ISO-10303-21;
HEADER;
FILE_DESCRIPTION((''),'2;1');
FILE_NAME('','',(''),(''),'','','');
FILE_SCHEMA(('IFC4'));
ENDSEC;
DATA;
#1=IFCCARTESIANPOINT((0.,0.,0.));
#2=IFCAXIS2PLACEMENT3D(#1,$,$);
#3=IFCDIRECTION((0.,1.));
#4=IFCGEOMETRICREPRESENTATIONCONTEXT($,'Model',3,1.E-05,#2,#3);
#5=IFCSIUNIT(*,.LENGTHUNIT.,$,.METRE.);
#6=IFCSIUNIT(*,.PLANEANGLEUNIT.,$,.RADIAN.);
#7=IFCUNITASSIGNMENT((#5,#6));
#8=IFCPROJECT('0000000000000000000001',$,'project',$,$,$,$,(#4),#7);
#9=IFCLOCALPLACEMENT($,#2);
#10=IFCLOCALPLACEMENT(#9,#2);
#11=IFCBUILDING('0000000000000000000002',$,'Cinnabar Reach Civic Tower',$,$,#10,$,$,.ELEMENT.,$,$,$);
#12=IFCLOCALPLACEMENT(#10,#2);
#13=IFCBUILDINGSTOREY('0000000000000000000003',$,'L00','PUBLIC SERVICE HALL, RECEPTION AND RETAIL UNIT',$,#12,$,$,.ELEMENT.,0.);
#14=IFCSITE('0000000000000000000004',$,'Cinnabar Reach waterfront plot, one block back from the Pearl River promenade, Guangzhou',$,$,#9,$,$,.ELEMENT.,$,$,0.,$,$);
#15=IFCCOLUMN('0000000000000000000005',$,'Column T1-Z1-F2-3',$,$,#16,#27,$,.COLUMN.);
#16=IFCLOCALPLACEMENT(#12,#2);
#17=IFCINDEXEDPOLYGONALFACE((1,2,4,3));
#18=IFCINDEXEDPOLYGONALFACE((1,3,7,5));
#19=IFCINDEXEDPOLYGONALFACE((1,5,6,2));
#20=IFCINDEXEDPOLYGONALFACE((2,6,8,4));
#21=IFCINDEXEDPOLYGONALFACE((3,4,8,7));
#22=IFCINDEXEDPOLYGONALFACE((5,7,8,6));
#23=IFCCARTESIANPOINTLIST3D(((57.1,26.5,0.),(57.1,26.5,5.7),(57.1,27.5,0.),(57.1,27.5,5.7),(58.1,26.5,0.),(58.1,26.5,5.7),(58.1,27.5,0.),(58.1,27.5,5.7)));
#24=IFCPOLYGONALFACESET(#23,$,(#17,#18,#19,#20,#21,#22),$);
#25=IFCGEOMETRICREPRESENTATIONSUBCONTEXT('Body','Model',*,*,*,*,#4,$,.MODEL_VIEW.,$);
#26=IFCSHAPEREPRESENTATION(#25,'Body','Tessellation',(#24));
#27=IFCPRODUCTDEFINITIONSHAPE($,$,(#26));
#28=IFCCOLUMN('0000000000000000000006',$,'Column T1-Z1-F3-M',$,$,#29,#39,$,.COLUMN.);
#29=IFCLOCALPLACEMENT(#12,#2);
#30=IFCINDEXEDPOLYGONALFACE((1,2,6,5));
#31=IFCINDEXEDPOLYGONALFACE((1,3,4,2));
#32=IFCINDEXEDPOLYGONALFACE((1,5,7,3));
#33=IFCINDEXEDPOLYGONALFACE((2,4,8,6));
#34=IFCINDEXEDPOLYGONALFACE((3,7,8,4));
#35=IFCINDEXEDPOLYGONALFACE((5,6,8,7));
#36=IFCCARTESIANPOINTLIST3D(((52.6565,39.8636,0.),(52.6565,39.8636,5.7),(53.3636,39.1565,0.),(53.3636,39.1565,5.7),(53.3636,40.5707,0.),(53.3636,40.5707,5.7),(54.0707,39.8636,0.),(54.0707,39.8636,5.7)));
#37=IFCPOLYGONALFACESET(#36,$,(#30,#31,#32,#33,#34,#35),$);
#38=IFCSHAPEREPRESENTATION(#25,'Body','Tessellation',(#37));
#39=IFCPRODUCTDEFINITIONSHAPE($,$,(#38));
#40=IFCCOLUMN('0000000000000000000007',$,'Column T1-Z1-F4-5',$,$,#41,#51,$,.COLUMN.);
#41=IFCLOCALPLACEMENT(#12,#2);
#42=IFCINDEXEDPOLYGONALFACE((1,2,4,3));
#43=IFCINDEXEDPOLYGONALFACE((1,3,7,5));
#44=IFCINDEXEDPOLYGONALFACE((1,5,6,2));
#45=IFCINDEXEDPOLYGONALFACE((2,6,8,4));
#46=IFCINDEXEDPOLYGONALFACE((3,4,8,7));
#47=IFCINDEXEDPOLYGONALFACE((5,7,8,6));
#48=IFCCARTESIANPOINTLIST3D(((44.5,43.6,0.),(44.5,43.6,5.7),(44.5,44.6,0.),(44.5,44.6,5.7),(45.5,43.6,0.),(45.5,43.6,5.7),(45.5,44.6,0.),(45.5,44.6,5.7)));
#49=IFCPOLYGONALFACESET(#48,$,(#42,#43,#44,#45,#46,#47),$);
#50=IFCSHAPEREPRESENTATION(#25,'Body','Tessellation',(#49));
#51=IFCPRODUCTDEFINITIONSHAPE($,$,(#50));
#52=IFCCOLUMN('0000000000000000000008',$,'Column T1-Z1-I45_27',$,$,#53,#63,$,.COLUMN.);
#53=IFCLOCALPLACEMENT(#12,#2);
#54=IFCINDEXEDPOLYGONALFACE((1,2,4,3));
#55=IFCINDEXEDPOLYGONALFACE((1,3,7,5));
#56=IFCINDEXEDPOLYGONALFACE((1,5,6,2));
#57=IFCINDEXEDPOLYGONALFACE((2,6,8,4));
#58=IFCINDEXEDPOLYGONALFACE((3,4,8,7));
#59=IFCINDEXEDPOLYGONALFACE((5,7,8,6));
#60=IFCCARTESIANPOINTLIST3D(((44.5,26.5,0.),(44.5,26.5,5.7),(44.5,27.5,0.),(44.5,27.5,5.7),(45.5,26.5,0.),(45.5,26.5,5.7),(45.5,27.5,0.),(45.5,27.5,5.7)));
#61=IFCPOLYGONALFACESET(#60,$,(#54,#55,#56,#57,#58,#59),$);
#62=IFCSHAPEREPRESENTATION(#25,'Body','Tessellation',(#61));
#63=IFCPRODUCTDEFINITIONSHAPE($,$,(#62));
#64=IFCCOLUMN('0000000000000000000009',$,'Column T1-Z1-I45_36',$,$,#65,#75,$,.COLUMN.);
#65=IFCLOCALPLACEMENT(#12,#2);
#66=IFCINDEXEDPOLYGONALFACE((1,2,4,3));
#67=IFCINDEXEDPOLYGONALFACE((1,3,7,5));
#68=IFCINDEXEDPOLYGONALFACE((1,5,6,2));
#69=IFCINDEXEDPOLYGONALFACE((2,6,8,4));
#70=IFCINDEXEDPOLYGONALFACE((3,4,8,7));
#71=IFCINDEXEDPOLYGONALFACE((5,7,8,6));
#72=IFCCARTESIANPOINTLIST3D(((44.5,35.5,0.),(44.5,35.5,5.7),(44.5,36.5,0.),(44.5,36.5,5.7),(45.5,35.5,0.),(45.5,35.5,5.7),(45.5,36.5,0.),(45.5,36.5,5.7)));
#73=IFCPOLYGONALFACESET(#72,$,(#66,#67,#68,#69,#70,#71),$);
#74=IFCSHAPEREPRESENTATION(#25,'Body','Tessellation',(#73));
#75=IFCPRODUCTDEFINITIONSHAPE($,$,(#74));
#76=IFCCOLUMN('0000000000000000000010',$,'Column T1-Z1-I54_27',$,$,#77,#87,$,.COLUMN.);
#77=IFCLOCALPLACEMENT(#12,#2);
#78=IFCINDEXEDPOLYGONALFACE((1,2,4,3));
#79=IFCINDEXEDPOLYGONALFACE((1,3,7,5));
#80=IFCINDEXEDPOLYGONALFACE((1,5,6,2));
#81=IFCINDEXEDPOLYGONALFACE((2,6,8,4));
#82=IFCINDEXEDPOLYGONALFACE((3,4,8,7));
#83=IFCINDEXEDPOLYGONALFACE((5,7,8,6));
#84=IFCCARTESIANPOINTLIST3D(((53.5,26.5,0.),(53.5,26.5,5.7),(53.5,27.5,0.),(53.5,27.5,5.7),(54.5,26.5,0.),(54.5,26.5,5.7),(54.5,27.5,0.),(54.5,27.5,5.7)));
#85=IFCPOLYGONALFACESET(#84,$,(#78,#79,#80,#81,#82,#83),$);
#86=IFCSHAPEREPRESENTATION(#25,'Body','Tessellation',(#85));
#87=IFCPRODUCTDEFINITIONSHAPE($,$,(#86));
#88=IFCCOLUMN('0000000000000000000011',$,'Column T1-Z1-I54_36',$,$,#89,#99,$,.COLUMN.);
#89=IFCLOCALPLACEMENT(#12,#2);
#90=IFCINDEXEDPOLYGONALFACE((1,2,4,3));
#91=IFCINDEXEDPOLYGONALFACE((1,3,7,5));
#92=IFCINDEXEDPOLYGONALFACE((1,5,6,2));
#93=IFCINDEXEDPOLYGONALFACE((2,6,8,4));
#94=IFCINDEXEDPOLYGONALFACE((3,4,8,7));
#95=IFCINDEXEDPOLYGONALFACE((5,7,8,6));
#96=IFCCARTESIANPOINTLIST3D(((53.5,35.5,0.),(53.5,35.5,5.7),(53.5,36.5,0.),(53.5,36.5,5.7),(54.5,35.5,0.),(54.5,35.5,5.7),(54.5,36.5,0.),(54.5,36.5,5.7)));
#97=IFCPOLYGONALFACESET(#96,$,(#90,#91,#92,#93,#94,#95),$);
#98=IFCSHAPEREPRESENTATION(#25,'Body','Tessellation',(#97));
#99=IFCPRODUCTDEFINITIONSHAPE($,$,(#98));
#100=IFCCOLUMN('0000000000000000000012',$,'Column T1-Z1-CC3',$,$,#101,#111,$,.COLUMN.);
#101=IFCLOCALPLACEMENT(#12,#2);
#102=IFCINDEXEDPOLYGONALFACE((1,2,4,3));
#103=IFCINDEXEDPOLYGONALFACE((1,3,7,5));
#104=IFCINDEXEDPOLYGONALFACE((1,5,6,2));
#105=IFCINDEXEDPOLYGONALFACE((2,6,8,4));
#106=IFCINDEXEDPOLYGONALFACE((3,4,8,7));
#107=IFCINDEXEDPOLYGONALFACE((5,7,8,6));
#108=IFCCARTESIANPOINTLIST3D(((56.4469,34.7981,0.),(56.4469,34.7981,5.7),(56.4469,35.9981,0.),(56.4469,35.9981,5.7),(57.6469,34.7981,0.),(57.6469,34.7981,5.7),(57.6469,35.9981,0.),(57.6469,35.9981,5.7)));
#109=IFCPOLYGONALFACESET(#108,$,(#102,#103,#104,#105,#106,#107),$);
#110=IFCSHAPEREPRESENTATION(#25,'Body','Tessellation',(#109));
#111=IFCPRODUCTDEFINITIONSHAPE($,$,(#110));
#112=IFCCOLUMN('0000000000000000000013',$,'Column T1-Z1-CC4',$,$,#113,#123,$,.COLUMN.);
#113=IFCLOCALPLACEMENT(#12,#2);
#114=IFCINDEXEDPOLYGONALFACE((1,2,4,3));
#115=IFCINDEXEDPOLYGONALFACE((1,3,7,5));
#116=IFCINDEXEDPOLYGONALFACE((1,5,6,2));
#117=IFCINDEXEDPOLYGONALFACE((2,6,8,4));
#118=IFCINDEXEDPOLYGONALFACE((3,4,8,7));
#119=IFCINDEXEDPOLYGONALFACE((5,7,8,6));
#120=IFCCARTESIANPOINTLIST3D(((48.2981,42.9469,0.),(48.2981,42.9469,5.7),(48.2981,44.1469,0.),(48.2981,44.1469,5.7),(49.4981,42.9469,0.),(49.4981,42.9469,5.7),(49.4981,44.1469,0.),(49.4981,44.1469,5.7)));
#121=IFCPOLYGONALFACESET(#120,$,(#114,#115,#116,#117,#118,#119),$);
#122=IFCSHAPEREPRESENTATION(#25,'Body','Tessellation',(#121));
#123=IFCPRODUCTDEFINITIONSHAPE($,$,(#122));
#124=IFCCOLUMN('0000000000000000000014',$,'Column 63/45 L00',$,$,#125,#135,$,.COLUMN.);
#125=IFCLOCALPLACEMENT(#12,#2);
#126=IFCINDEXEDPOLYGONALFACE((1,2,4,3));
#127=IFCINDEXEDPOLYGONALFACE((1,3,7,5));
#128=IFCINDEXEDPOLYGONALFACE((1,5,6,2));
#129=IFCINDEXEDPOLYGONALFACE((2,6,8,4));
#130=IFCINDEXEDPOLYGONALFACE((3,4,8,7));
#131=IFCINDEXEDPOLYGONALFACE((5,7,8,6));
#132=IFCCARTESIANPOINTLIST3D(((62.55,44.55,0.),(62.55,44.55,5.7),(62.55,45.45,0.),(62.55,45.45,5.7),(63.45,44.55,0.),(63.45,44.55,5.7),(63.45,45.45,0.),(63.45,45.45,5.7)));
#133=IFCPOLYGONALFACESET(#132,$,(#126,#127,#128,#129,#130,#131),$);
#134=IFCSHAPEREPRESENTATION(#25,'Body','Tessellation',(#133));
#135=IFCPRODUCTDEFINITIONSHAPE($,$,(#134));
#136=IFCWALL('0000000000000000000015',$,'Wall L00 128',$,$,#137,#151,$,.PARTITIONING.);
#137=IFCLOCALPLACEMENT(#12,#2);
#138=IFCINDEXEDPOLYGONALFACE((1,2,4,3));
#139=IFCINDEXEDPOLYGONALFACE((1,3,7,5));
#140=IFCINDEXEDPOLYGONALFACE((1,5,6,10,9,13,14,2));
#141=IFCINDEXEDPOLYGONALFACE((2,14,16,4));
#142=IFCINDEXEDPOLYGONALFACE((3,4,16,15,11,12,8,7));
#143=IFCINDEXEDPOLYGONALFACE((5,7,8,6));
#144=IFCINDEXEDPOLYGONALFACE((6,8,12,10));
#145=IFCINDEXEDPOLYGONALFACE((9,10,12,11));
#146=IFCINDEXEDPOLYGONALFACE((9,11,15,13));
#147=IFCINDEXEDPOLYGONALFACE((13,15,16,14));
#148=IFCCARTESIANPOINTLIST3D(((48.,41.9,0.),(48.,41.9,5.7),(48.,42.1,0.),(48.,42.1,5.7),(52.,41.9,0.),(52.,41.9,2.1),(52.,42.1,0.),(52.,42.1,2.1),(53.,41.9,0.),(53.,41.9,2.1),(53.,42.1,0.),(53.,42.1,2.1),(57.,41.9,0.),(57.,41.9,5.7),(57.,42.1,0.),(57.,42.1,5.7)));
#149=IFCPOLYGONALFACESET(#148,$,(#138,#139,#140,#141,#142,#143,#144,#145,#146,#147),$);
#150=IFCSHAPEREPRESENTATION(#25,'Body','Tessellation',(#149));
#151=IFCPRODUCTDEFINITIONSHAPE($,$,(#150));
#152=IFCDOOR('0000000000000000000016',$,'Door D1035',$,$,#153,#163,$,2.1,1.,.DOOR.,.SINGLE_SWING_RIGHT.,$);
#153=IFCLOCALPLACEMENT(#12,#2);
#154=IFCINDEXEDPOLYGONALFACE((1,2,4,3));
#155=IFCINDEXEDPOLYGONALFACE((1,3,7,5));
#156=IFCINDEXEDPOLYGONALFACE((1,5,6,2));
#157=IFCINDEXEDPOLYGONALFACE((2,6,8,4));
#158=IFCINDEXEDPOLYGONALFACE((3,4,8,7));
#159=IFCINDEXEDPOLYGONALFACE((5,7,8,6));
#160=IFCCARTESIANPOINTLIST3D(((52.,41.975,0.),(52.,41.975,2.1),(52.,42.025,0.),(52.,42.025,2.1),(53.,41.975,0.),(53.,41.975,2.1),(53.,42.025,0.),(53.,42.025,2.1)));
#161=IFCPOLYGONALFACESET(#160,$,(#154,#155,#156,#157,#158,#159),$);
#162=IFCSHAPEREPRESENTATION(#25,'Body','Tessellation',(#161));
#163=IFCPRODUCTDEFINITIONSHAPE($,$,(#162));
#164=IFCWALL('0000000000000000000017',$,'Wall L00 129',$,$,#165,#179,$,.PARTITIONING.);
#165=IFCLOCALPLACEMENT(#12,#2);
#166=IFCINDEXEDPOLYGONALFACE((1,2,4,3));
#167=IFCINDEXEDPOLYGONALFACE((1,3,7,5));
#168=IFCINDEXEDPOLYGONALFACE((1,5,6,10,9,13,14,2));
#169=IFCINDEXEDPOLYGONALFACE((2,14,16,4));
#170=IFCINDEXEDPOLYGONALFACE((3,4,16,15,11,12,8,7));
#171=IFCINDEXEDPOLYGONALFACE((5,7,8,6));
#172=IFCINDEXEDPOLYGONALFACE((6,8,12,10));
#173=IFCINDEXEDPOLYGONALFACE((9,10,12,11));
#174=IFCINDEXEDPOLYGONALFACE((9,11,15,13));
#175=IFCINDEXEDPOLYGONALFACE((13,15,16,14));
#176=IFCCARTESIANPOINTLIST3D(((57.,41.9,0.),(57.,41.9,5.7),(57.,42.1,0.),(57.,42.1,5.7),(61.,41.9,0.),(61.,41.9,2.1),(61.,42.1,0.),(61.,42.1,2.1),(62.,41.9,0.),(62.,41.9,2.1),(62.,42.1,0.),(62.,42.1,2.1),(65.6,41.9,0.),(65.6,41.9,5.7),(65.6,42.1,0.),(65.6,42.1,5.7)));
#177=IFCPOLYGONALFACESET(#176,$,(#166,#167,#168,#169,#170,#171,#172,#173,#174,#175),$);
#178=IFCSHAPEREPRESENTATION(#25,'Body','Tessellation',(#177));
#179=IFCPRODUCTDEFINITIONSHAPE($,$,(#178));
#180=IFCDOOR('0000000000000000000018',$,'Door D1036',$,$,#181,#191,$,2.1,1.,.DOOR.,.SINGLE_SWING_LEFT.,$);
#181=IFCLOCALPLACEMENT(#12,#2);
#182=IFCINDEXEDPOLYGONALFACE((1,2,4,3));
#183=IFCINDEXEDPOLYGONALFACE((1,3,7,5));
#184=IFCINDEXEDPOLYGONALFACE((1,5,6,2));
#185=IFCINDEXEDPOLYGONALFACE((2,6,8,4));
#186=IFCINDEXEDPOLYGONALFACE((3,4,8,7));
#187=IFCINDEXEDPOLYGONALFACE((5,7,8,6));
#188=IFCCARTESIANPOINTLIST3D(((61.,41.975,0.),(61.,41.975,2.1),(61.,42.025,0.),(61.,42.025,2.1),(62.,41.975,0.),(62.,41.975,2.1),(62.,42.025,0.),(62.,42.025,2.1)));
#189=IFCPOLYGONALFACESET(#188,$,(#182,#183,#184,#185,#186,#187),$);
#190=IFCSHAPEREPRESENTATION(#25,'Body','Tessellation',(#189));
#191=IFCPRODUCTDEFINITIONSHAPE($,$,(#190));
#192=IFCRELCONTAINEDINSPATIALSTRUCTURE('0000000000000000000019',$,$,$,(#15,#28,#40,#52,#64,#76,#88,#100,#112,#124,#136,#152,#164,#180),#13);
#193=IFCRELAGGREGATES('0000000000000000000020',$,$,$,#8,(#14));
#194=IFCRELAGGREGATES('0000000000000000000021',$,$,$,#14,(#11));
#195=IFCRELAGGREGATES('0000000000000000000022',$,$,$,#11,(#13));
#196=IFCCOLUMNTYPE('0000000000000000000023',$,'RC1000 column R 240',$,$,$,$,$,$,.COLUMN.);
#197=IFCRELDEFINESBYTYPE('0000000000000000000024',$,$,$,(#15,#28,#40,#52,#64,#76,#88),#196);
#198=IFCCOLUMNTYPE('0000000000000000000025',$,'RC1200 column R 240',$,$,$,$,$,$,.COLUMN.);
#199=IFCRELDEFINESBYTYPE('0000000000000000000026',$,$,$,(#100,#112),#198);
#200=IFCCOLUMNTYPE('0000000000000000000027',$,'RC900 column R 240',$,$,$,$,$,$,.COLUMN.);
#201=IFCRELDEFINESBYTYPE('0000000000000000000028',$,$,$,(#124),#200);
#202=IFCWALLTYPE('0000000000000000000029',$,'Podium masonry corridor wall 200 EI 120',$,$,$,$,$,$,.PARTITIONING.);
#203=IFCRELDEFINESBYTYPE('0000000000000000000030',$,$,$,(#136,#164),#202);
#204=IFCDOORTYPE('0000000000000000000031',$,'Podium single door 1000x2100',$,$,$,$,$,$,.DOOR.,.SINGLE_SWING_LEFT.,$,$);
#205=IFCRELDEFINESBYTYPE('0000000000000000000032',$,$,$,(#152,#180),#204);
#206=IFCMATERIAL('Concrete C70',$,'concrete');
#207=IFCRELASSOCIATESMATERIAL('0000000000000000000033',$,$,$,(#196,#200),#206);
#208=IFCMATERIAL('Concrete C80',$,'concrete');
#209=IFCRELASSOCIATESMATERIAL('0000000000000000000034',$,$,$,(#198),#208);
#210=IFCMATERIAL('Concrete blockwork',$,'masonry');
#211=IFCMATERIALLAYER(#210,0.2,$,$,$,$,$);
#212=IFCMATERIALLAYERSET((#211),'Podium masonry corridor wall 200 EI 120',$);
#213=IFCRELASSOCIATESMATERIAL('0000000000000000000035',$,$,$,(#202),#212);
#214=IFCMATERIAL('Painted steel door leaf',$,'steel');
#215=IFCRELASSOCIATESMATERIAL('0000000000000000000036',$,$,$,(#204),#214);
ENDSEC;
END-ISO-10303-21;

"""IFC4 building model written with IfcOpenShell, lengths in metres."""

from ifc_helpers import new_model, si_unit, direction, frame, frame_2d, origin, origin_2d, place, context, subcontext, project, spatial, rectangle, extrude, material, layer, layer_set, material_profile, profile_set, type_object, element, fill, save


model = new_model("IFC4")

# Units and contexts
model_context = context("Model", 3, precision=1e-05, world=origin(), true_north=direction((0.0, 1.0)))
body_context = subcontext(model_context, "Body", "Model", "MODEL_VIEW")
ifc_project = project(units=[si_unit("LENGTHUNIT", "METRE"), si_unit("PLANEANGLEUNIT", "RADIAN")], contexts=[model_context])

# Site, building, storey
site_placement = place(None, origin())
site = spatial("IfcSite", under=ifc_project, at=site_placement, Name="Cinnabar Reach waterfront plot, one block back from the Pearl River promenade, Guangzhou", CompositionType="ELEMENT", RefElevation=0.0)
building_placement = place(site_placement, origin())
building = spatial("IfcBuilding", under=site, at=building_placement, Name="Cinnabar Reach Civic Tower", CompositionType="ELEMENT")
storey_placement = place(building_placement, origin())
storey = spatial("IfcBuildingStorey", under=building, at=storey_placement, Name="L00", Description="PUBLIC SERVICE HALL, RECEPTION AND RETAIL UNIT", CompositionType="ELEMENT", Elevation=0.0)

# Columns
ifc_material_1 = material(Name="Concrete C70", Category="concrete")
ifc_material_profile_1 = material_profile(ifc_material_1, rectangle(XDim=1.0, YDim=1.0, at=origin_2d()), Name="RC1000")
ifc_profile_set_1 = profile_set([ifc_material_profile_1], Name="Concrete C70")
column_type_1 = type_object("IfcColumnType", Name="RC1000 column R 240", PredefinedType="COLUMN", material=ifc_profile_set_1)
for number, where, z_axis, x_axis, name in (
    (1, (57.6, 27.0, 0.0), (0.0, 0.0, 1.0), (1.0, 0.0, 0.0), "Column T1-Z1-F2-3"),
    (2, (53.3636, 39.8636, 0.0), (0.0, 0.0, 1.0), (0.707107, 0.707107, 0.0), "Column T1-Z1-F3-M"),
    (3, (45.0, 44.1, 0.0), (0.0, 0.0, 1.0), (1.0, 0.0, 0.0), "Column T1-Z1-F4-5"),
    (4, (45.0, 27.0, 0.0), (0.0, 0.0, 1.0), (1.0, 0.0, 0.0), "Column T1-Z1-I45_27"),
    (5, (45.0, 36.0, 0.0), (0.0, 0.0, 1.0), (1.0, 0.0, 0.0), "Column T1-Z1-I45_36"),
    (6, (54.0, 27.0, 0.0), (0.0, 0.0, 1.0), (1.0, 0.0, 0.0), "Column T1-Z1-I54_27"),
    (7, (54.0, 36.0, 0.0), (0.0, 0.0, 1.0), (1.0, 0.0, 0.0), "Column T1-Z1-I54_36"),
):
    element("IfcColumn", number, at=place(storey_placement, frame(where, z_axis=z_axis, x_axis=x_axis)), inside=storey, type_object=column_type_1, Name=name, PredefinedType="COLUMN", context=body_context, shape_type="SweptSolid", body=[
        extrude(rectangle(XDim=1.0, YDim=1.0, at=origin_2d()), origin(), (0.0, 0.0, 1.0), 5.7),
    ])
ifc_material_2 = material(Name="Concrete C80", Category="concrete")
ifc_material_profile_2 = material_profile(ifc_material_2, rectangle(XDim=1.2, YDim=1.2, at=origin_2d()), Name="RC1200")
ifc_profile_set_2 = profile_set([ifc_material_profile_2], Name="Concrete C80")
column_type_2 = type_object("IfcColumnType", Name="RC1200 column R 240", PredefinedType="COLUMN", material=ifc_profile_set_2)
for number, where, z_axis, x_axis, name in (
    (8, (57.0469, 35.3981, 0.0), (0.0, 0.0, 1.0), (1.0, 0.0, 0.0), "Column T1-Z1-CC3"),
    (9, (48.8981, 43.5469, 0.0), (0.0, 0.0, 1.0), (1.0, 0.0, 0.0), "Column T1-Z1-CC4"),
):
    element("IfcColumn", number, at=place(storey_placement, frame(where, z_axis=z_axis, x_axis=x_axis)), inside=storey, type_object=column_type_2, Name=name, PredefinedType="COLUMN", context=body_context, shape_type="SweptSolid", body=[
        extrude(rectangle(XDim=1.2, YDim=1.2, at=origin_2d()), origin(), (0.0, 0.0, 1.0), 5.7),
    ])
ifc_material_profile_3 = material_profile(ifc_material_1, rectangle(XDim=0.9, YDim=0.9, at=origin_2d()), Name="RC900")
ifc_profile_set_3 = profile_set([ifc_material_profile_3], Name="Concrete C70")
column_type_3 = type_object("IfcColumnType", Name="RC900 column R 240", PredefinedType="COLUMN", material=ifc_profile_set_3)
column_placement = place(storey_placement, frame((63.0, 45.0, 0.0), z_axis=(0.0, 0.0, 1.0), x_axis=(1.0, 0.0, 0.0)))
element("IfcColumn", 10, at=column_placement, inside=storey, type_object=column_type_3, Name="Column 63/45 L00", PredefinedType="COLUMN", context=body_context, shape_type="SweptSolid", body=[
    extrude(rectangle(XDim=0.9, YDim=0.9, at=origin_2d()), origin(), (0.0, 0.0, 1.0), 5.7),
])

# Walls, openings, doors
ifc_material_3 = material(Name="Concrete blockwork", Category="masonry")
ifc_layer_1 = layer(ifc_material_3, 0.2)
ifc_layer_set_1 = layer_set([ifc_layer_1], Name="Podium masonry corridor wall 200 EI 120")
wall_type_1 = type_object("IfcWallType", Name="Podium masonry corridor wall 200 EI 120", PredefinedType="PARTITIONING", material=ifc_layer_set_1)
wall_1_placement = place(storey_placement, frame((48.0, 42.0, 0.0), z_axis=(0.0, 0.0, 1.0), x_axis=(1.0, 0.0, 0.0)))
wall_1 = element("IfcWall", 11, at=wall_1_placement, inside=storey, type_object=wall_type_1, Name="Wall L00 128", PredefinedType="PARTITIONING", context=body_context, shape_type="SweptSolid", body=[
    extrude(rectangle(XDim=9.0, YDim=0.2, at=frame_2d((4.5, 0.0))), origin(), (0.0, 0.0, 1.0), 5.7),
])
opening_1_placement = place(wall_1_placement, frame((4.0, 0.0, 0.0)))
opening_1 = element("IfcOpeningElement", 12, at=opening_1_placement, cuts=wall_1, PredefinedType="OPENING", context=body_context, shape_type="SweptSolid", body=[
    extrude(rectangle(XDim=1.0, YDim=2.1, at=frame_2d((0.5, 1.05))), frame((0.0, 0.11, 0.0), z_axis=(0.0, -1.0, 0.0), x_axis=(1.0, 0.0, 0.0)), (0.0, 0.0, 1.0), 0.22),
])
ifc_material_4 = material(Name="Painted steel door leaf", Category="steel")
door_type = type_object("IfcDoorType", Name="Podium single door 1000x2100", OperationType="SINGLE_SWING_LEFT", PredefinedType="DOOR", material=ifc_material_4)
door_1_placement = place(opening_1_placement, frame((1.0, 0.0, 0.0), z_axis=(0.0, 0.0, 1.0), x_axis=(-1.0, 0.0, 0.0)))
door_1 = element("IfcDoor", 13, at=door_1_placement, inside=storey, type_object=door_type, Name="Door D1035", OperationType="SINGLE_SWING_RIGHT", OverallHeight=2.1, OverallWidth=1.0, PredefinedType="DOOR", context=body_context, shape_type="SweptSolid", body=[
    extrude(rectangle(XDim=1.0, YDim=2.1, at=frame_2d((0.5, 1.05))), frame((0.0, 0.025, 0.0), z_axis=(0.0, -1.0, 0.0), x_axis=(1.0, 0.0, 0.0)), (0.0, 0.0, 1.0), 0.05),
])
fill(opening_1, door_1)
wall_2_placement = place(storey_placement, frame((57.0, 42.0, 0.0), z_axis=(0.0, 0.0, 1.0), x_axis=(1.0, 0.0, 0.0)))
wall_2 = element("IfcWall", 14, at=wall_2_placement, inside=storey, type_object=wall_type_1, Name="Wall L00 129", PredefinedType="PARTITIONING", context=body_context, shape_type="SweptSolid", body=[
    extrude(rectangle(XDim=8.6, YDim=0.2, at=frame_2d((4.3, 0.0))), origin(), (0.0, 0.0, 1.0), 5.7),
])
opening_2_placement = place(wall_2_placement, frame((4.0, 0.0, 0.0)))
opening_2 = element("IfcOpeningElement", 15, at=opening_2_placement, cuts=wall_2, PredefinedType="OPENING", context=body_context, shape_type="SweptSolid", body=[
    extrude(rectangle(XDim=1.0, YDim=2.1, at=frame_2d((0.5, 1.05))), frame((0.0, 0.11, 0.0), z_axis=(0.0, -1.0, 0.0), x_axis=(1.0, 0.0, 0.0)), (0.0, 0.0, 1.0), 0.22),
])
door_2_placement = place(opening_2_placement, frame((1.0, 0.0, 0.0), z_axis=(0.0, 0.0, 1.0), x_axis=(-1.0, 0.0, 0.0)))
door_2 = element("IfcDoor", 16, at=door_2_placement, inside=storey, type_object=door_type, Name="Door D1036", OperationType="SINGLE_SWING_LEFT", OverallHeight=2.1, OverallWidth=1.0, PredefinedType="DOOR", context=body_context, shape_type="SweptSolid", body=[
    extrude(rectangle(XDim=1.0, YDim=2.1, at=frame_2d((0.5, 1.05))), frame((0.0, 0.025, 0.0), z_axis=(0.0, -1.0, 0.0), x_axis=(1.0, 0.0, 0.0)), (0.0, 0.0, 1.0), 0.05),
])
fill(opening_2, door_2)

save(model, "model.ifc")
